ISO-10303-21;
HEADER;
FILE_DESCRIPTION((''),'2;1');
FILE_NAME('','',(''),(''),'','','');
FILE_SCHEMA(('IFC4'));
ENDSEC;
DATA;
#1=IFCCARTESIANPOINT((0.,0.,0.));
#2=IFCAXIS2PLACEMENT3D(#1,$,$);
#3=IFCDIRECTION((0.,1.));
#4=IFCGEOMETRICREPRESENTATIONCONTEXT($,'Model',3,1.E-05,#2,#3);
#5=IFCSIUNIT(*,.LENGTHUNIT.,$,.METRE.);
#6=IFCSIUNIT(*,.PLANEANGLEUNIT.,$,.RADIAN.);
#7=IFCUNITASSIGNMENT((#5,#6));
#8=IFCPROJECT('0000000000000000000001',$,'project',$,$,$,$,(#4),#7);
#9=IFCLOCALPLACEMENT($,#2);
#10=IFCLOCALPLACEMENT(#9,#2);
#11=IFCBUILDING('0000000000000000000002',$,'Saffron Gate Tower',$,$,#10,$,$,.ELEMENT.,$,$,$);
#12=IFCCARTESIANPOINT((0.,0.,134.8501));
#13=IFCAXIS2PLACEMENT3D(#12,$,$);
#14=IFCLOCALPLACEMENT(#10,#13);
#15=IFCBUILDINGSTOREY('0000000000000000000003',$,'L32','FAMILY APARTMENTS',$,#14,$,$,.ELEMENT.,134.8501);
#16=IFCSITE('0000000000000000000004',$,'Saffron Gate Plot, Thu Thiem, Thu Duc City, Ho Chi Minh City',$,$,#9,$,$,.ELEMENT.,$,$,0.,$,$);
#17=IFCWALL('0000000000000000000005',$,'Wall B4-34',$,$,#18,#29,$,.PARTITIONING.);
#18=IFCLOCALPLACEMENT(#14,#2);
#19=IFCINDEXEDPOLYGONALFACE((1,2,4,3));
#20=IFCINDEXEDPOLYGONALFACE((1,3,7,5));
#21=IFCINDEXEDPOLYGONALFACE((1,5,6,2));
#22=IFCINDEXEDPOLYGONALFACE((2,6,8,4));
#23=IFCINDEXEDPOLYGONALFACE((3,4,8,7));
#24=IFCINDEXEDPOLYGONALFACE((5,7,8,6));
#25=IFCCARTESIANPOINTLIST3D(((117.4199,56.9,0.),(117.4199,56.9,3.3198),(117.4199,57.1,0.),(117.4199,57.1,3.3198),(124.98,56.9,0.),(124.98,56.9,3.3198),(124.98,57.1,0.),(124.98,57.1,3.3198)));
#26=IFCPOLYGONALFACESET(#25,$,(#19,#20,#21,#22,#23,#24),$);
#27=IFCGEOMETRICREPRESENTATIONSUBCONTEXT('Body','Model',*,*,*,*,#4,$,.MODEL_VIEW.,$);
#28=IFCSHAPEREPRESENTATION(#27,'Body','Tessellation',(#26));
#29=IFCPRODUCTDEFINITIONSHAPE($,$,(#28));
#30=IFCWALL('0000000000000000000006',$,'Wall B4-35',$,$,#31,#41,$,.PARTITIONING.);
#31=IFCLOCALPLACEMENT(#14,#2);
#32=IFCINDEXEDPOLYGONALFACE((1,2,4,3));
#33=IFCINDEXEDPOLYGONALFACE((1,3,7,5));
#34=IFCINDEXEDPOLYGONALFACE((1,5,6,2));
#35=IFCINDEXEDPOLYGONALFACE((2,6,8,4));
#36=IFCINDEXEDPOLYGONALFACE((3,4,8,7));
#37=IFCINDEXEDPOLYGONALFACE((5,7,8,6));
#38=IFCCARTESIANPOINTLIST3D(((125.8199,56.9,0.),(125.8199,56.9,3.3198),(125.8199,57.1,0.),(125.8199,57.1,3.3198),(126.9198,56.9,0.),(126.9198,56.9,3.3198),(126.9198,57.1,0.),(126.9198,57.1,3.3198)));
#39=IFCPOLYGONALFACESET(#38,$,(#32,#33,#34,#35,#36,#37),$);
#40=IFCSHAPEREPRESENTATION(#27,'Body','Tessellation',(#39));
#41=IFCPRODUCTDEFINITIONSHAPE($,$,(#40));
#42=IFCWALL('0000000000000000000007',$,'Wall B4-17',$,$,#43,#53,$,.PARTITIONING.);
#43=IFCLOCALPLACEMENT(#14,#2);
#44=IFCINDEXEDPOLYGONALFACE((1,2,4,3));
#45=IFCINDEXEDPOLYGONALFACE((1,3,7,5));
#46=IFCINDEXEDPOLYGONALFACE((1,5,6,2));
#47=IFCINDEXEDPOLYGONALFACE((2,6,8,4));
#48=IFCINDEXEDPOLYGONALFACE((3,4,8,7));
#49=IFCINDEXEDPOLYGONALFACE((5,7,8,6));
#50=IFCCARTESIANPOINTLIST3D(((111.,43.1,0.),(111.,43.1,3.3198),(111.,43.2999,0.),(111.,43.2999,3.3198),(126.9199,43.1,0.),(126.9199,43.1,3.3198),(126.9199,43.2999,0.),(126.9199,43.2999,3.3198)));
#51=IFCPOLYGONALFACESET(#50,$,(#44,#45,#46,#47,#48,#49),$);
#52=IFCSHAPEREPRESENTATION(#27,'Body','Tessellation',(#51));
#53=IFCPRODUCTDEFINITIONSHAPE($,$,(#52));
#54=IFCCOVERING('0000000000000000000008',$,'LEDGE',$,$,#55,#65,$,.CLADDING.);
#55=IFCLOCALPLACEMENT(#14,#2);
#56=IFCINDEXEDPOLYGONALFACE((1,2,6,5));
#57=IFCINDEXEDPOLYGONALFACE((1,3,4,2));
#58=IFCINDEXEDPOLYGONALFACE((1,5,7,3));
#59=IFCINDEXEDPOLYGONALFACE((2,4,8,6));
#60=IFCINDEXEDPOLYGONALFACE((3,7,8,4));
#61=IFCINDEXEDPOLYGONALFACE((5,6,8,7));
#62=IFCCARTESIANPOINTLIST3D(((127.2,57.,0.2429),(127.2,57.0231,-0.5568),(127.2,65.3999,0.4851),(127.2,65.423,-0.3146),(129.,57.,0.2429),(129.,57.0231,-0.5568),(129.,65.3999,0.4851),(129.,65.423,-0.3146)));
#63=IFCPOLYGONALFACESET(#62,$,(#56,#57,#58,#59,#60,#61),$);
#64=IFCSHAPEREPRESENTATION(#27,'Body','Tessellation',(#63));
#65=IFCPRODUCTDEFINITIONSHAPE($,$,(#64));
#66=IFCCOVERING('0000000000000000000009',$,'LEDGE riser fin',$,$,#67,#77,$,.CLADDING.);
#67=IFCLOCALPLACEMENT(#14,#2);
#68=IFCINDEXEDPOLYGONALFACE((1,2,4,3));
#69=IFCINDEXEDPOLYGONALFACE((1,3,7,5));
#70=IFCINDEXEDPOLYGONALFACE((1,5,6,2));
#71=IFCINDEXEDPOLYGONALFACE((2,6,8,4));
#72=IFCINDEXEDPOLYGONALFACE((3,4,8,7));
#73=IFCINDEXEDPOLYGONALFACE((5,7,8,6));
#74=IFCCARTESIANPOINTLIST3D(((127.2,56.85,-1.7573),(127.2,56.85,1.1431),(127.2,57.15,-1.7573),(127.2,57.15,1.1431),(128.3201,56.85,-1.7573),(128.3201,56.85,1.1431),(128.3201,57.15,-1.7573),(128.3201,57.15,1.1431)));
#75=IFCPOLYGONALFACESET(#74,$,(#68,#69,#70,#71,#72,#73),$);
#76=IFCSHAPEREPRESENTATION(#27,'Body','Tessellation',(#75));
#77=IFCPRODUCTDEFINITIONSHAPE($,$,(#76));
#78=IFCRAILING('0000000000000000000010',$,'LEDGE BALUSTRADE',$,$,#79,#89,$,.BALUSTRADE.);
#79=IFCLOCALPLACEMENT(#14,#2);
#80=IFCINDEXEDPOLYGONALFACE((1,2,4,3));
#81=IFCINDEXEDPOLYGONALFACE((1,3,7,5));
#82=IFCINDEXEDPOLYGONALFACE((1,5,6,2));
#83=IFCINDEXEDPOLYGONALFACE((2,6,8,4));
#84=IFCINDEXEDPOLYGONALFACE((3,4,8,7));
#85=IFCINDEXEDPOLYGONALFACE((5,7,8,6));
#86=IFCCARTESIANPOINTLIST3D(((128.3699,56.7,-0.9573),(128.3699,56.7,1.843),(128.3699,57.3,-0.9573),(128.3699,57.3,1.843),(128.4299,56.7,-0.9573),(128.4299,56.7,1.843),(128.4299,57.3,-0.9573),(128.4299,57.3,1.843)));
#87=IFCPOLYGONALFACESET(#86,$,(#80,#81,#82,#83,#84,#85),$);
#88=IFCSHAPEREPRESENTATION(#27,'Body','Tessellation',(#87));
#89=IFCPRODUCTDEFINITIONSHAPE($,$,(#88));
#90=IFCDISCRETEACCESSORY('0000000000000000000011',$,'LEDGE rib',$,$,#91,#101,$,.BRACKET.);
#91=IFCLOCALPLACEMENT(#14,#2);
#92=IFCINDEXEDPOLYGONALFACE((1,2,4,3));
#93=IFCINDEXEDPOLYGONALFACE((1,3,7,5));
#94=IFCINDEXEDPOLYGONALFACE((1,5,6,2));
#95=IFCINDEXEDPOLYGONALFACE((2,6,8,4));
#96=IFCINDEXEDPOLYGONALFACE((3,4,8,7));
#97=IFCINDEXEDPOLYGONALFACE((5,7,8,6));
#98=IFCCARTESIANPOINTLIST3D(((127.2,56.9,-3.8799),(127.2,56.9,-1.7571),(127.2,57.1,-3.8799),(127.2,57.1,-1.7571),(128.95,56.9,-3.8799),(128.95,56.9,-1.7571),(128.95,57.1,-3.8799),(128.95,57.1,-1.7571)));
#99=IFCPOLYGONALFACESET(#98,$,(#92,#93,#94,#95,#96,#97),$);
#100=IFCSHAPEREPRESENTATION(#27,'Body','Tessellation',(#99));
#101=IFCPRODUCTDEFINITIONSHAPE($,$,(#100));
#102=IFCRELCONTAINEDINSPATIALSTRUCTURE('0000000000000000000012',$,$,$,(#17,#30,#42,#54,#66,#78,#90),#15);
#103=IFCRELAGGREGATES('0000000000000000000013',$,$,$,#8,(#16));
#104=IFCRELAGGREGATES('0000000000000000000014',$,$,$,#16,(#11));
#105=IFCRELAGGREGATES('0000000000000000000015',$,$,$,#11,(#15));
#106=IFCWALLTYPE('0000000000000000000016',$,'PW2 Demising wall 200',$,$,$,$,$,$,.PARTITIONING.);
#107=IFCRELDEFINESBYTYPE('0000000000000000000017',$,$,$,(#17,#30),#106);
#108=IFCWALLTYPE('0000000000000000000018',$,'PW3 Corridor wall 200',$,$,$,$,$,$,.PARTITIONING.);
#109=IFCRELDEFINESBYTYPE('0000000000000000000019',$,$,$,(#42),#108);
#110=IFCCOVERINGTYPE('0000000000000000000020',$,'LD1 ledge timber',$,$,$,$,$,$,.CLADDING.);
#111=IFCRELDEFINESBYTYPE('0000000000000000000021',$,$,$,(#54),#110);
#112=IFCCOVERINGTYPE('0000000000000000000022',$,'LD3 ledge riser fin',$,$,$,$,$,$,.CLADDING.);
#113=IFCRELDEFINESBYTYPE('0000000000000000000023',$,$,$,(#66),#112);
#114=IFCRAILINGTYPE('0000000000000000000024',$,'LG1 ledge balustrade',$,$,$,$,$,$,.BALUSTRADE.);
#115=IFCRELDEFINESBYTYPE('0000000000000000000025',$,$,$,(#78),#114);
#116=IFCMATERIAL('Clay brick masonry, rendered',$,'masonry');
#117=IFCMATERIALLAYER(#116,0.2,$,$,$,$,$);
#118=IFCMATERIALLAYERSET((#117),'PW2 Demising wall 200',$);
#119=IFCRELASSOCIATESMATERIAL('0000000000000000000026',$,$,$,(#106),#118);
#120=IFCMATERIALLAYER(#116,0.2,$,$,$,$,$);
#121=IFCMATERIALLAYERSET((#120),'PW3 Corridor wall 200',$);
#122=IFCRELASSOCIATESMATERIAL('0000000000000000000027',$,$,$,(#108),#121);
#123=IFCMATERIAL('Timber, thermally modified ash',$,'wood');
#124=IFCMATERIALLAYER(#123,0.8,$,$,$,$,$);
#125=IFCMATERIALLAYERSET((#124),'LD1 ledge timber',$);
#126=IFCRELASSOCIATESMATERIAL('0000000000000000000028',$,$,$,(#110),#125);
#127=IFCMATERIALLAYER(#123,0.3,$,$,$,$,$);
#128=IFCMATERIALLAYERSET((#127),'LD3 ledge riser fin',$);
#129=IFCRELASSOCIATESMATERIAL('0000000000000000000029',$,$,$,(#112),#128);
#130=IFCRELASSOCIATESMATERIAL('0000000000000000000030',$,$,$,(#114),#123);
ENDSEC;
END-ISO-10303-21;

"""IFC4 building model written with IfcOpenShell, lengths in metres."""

from ifc_helpers import new_model, si_unit, direction, frame, frame_2d, origin, origin_2d, place, context, subcontext, project, spatial, polyline, rectangle, outline, extrude, material, layer, layer_set, type_object, element, save


model = new_model("IFC4")

# Units and contexts
model_context = context("Model", 3, precision=1e-05, world=origin(), true_north=direction((0.0, 1.0)))
body_context = subcontext(model_context, "Body", "Model", "MODEL_VIEW")
ifc_project = project(units=[si_unit("LENGTHUNIT", "METRE"), si_unit("PLANEANGLEUNIT", "RADIAN")], contexts=[model_context])

# Site, building, storey
site_placement = place(None, origin())
site = spatial("IfcSite", under=ifc_project, at=site_placement, Name="Saffron Gate Plot, Thu Thiem, Thu Duc City, Ho Chi Minh City", CompositionType="ELEMENT", RefElevation=0.0)
building_placement = place(site_placement, origin())
building = spatial("IfcBuilding", under=site, at=building_placement, Name="Saffron Gate Tower", CompositionType="ELEMENT")
storey_placement = place(building_placement, frame((0.0, 0.0, 134.8501)))
storey = spatial("IfcBuildingStorey", under=building, at=storey_placement, Name="L32", Description="FAMILY APARTMENTS", CompositionType="ELEMENT", Elevation=134.8501)

# Walls
ifc_material_1 = material(Name="Clay brick masonry, rendered", Category="masonry")
ifc_layer_1 = layer(ifc_material_1, 0.2)
ifc_layer_set_1 = layer_set([ifc_layer_1], Name="PW2 Demising wall 200")
wall_type_1 = type_object("IfcWallType", Name="PW2 Demising wall 200", PredefinedType="PARTITIONING", material=ifc_layer_set_1)
wall_1_placement = place(storey_placement, frame((117.4199, 57.0, 0.0), z_axis=(0.0, 0.0, 1.0), x_axis=(1.0, 0.0, 0.0)))
element("IfcWall", 1, at=wall_1_placement, inside=storey, type_object=wall_type_1, Name="Wall B4-34", PredefinedType="PARTITIONING", context=body_context, shape_type="SweptSolid", body=[
    extrude(rectangle(XDim=7.5601, YDim=0.2, at=frame_2d((3.78, 0.0))), origin(), (0.0, 0.0, 1.0), 3.3198),
])
wall_2_placement = place(storey_placement, frame((125.8201, 57.0, 0.0), z_axis=(0.0, 0.0, 1.0), x_axis=(1.0, 0.0, 0.0)))
element("IfcWall", 2, at=wall_2_placement, inside=storey, type_object=wall_type_1, Name="Wall B4-35", PredefinedType="PARTITIONING", context=body_context, shape_type="SweptSolid", body=[
    extrude(rectangle(XDim=1.0999, YDim=0.2, at=frame_2d((0.5498, 0.0))), origin(), (0.0, 0.0, 1.0), 3.3198),
])
ifc_layer_2 = layer(ifc_material_1, 0.2)
ifc_layer_set_2 = layer_set([ifc_layer_2], Name="PW3 Corridor wall 200")
wall_type_2 = type_object("IfcWallType", Name="PW3 Corridor wall 200", PredefinedType="PARTITIONING", material=ifc_layer_set_2)
wall_3_placement = place(storey_placement, frame((111.0, 43.2, 0.0), z_axis=(0.0, 0.0, 1.0), x_axis=(1.0, 0.0, 0.0)))
element("IfcWall", 3, at=wall_3_placement, inside=storey, type_object=wall_type_2, Name="Wall B4-17", PredefinedType="PARTITIONING", context=body_context, shape_type="SweptSolid", body=[
    extrude(rectangle(XDim=15.9199, YDim=0.2, at=frame_2d((7.96, 0.0))), origin(), (0.0, 0.0, 1.0), 3.3198),
])

# Coverings
ifc_material_2 = material(Name="Timber, thermally modified ash", Category="wood")
ifc_layer_3 = layer(ifc_material_2, 0.8)
ifc_layer_set_3 = layer_set([ifc_layer_3], Name="LD1 ledge timber")
covering_type_1 = type_object("IfcCoveringType", Name="LD1 ledge timber", PredefinedType="CLADDING", material=ifc_layer_set_3)
covering_1_placement = place(storey_placement, frame((127.2, 57.0, 0.2429), z_axis=(0.0, -0.02882, 0.999585), x_axis=(0.0, 0.999585, 0.02882)))
element("IfcCovering", 4, at=covering_1_placement, inside=storey, type_object=covering_type_1, Name="LEDGE", PredefinedType="CLADDING", context=body_context, shape_type="SweptSolid", body=[
    extrude(outline(polyline([(0.0, 0.0), (8.4034, 0.0), (8.4034, -1.8), (0.0, -1.8), (0.0, 0.0)])), origin(), (0.0, 0.0, -1.0), 0.8),
])
ifc_layer_4 = layer(ifc_material_2, 0.3)
ifc_layer_set_4 = layer_set([ifc_layer_4], Name="LD3 ledge riser fin")
covering_type_2 = type_object("IfcCoveringType", Name="LD3 ledge riser fin", PredefinedType="CLADDING", material=ifc_layer_set_4)
covering_2_placement = place(storey_placement, frame((127.76, 57.0, -1.7573), z_axis=(0.0, 0.0, 1.0), x_axis=(0.0, 1.0, 0.0)))
element("IfcCovering", 5, at=covering_2_placement, inside=storey, type_object=covering_type_2, Name="LEDGE riser fin", PredefinedType="CLADDING", context=body_context, shape_type="SweptSolid", body=[
    extrude(rectangle(XDim=0.3, YDim=1.1201, at=origin_2d()), origin(), (0.0, 0.0, 1.0), 2.9004),
])

# Railing
railing_type = type_object("IfcRailingType", Name="LG1 ledge balustrade", PredefinedType="BALUSTRADE", material=ifc_material_2)
railing_placement = place(storey_placement, frame((128.3999, 56.7, -0.9573)))
element("IfcRailing", 6, at=railing_placement, inside=storey, type_object=railing_type, Name="LEDGE BALUSTRADE", PredefinedType="BALUSTRADE", context=body_context, shape_type="SweptSolid", body=[
    extrude(rectangle(XDim=0.0601, YDim=2.8003, at=origin_2d()), frame((0.0, 0.0, 1.4001), z_axis=(0.0, 1.0, 0.0), x_axis=(-1.0, 0.0, 0.0)), (0.0, 0.0, 1.0), 0.6001),
])

# Discrete accessory
discrete_accessory_placement = place(storey_placement, frame((128.075, 57.0, -3.8799), z_axis=(0.0, 0.0, 1.0), x_axis=(0.0, 1.0, 0.0)))
element("IfcDiscreteAccessory", 7, at=discrete_accessory_placement, inside=storey, Name="LEDGE rib", PredefinedType="BRACKET", context=body_context, shape_type="SweptSolid", body=[
    extrude(rectangle(XDim=0.2, YDim=1.75, at=origin_2d()), origin(), (0.0, 0.0, 1.0), 2.1228),
])

save(model, "model.ifc")
